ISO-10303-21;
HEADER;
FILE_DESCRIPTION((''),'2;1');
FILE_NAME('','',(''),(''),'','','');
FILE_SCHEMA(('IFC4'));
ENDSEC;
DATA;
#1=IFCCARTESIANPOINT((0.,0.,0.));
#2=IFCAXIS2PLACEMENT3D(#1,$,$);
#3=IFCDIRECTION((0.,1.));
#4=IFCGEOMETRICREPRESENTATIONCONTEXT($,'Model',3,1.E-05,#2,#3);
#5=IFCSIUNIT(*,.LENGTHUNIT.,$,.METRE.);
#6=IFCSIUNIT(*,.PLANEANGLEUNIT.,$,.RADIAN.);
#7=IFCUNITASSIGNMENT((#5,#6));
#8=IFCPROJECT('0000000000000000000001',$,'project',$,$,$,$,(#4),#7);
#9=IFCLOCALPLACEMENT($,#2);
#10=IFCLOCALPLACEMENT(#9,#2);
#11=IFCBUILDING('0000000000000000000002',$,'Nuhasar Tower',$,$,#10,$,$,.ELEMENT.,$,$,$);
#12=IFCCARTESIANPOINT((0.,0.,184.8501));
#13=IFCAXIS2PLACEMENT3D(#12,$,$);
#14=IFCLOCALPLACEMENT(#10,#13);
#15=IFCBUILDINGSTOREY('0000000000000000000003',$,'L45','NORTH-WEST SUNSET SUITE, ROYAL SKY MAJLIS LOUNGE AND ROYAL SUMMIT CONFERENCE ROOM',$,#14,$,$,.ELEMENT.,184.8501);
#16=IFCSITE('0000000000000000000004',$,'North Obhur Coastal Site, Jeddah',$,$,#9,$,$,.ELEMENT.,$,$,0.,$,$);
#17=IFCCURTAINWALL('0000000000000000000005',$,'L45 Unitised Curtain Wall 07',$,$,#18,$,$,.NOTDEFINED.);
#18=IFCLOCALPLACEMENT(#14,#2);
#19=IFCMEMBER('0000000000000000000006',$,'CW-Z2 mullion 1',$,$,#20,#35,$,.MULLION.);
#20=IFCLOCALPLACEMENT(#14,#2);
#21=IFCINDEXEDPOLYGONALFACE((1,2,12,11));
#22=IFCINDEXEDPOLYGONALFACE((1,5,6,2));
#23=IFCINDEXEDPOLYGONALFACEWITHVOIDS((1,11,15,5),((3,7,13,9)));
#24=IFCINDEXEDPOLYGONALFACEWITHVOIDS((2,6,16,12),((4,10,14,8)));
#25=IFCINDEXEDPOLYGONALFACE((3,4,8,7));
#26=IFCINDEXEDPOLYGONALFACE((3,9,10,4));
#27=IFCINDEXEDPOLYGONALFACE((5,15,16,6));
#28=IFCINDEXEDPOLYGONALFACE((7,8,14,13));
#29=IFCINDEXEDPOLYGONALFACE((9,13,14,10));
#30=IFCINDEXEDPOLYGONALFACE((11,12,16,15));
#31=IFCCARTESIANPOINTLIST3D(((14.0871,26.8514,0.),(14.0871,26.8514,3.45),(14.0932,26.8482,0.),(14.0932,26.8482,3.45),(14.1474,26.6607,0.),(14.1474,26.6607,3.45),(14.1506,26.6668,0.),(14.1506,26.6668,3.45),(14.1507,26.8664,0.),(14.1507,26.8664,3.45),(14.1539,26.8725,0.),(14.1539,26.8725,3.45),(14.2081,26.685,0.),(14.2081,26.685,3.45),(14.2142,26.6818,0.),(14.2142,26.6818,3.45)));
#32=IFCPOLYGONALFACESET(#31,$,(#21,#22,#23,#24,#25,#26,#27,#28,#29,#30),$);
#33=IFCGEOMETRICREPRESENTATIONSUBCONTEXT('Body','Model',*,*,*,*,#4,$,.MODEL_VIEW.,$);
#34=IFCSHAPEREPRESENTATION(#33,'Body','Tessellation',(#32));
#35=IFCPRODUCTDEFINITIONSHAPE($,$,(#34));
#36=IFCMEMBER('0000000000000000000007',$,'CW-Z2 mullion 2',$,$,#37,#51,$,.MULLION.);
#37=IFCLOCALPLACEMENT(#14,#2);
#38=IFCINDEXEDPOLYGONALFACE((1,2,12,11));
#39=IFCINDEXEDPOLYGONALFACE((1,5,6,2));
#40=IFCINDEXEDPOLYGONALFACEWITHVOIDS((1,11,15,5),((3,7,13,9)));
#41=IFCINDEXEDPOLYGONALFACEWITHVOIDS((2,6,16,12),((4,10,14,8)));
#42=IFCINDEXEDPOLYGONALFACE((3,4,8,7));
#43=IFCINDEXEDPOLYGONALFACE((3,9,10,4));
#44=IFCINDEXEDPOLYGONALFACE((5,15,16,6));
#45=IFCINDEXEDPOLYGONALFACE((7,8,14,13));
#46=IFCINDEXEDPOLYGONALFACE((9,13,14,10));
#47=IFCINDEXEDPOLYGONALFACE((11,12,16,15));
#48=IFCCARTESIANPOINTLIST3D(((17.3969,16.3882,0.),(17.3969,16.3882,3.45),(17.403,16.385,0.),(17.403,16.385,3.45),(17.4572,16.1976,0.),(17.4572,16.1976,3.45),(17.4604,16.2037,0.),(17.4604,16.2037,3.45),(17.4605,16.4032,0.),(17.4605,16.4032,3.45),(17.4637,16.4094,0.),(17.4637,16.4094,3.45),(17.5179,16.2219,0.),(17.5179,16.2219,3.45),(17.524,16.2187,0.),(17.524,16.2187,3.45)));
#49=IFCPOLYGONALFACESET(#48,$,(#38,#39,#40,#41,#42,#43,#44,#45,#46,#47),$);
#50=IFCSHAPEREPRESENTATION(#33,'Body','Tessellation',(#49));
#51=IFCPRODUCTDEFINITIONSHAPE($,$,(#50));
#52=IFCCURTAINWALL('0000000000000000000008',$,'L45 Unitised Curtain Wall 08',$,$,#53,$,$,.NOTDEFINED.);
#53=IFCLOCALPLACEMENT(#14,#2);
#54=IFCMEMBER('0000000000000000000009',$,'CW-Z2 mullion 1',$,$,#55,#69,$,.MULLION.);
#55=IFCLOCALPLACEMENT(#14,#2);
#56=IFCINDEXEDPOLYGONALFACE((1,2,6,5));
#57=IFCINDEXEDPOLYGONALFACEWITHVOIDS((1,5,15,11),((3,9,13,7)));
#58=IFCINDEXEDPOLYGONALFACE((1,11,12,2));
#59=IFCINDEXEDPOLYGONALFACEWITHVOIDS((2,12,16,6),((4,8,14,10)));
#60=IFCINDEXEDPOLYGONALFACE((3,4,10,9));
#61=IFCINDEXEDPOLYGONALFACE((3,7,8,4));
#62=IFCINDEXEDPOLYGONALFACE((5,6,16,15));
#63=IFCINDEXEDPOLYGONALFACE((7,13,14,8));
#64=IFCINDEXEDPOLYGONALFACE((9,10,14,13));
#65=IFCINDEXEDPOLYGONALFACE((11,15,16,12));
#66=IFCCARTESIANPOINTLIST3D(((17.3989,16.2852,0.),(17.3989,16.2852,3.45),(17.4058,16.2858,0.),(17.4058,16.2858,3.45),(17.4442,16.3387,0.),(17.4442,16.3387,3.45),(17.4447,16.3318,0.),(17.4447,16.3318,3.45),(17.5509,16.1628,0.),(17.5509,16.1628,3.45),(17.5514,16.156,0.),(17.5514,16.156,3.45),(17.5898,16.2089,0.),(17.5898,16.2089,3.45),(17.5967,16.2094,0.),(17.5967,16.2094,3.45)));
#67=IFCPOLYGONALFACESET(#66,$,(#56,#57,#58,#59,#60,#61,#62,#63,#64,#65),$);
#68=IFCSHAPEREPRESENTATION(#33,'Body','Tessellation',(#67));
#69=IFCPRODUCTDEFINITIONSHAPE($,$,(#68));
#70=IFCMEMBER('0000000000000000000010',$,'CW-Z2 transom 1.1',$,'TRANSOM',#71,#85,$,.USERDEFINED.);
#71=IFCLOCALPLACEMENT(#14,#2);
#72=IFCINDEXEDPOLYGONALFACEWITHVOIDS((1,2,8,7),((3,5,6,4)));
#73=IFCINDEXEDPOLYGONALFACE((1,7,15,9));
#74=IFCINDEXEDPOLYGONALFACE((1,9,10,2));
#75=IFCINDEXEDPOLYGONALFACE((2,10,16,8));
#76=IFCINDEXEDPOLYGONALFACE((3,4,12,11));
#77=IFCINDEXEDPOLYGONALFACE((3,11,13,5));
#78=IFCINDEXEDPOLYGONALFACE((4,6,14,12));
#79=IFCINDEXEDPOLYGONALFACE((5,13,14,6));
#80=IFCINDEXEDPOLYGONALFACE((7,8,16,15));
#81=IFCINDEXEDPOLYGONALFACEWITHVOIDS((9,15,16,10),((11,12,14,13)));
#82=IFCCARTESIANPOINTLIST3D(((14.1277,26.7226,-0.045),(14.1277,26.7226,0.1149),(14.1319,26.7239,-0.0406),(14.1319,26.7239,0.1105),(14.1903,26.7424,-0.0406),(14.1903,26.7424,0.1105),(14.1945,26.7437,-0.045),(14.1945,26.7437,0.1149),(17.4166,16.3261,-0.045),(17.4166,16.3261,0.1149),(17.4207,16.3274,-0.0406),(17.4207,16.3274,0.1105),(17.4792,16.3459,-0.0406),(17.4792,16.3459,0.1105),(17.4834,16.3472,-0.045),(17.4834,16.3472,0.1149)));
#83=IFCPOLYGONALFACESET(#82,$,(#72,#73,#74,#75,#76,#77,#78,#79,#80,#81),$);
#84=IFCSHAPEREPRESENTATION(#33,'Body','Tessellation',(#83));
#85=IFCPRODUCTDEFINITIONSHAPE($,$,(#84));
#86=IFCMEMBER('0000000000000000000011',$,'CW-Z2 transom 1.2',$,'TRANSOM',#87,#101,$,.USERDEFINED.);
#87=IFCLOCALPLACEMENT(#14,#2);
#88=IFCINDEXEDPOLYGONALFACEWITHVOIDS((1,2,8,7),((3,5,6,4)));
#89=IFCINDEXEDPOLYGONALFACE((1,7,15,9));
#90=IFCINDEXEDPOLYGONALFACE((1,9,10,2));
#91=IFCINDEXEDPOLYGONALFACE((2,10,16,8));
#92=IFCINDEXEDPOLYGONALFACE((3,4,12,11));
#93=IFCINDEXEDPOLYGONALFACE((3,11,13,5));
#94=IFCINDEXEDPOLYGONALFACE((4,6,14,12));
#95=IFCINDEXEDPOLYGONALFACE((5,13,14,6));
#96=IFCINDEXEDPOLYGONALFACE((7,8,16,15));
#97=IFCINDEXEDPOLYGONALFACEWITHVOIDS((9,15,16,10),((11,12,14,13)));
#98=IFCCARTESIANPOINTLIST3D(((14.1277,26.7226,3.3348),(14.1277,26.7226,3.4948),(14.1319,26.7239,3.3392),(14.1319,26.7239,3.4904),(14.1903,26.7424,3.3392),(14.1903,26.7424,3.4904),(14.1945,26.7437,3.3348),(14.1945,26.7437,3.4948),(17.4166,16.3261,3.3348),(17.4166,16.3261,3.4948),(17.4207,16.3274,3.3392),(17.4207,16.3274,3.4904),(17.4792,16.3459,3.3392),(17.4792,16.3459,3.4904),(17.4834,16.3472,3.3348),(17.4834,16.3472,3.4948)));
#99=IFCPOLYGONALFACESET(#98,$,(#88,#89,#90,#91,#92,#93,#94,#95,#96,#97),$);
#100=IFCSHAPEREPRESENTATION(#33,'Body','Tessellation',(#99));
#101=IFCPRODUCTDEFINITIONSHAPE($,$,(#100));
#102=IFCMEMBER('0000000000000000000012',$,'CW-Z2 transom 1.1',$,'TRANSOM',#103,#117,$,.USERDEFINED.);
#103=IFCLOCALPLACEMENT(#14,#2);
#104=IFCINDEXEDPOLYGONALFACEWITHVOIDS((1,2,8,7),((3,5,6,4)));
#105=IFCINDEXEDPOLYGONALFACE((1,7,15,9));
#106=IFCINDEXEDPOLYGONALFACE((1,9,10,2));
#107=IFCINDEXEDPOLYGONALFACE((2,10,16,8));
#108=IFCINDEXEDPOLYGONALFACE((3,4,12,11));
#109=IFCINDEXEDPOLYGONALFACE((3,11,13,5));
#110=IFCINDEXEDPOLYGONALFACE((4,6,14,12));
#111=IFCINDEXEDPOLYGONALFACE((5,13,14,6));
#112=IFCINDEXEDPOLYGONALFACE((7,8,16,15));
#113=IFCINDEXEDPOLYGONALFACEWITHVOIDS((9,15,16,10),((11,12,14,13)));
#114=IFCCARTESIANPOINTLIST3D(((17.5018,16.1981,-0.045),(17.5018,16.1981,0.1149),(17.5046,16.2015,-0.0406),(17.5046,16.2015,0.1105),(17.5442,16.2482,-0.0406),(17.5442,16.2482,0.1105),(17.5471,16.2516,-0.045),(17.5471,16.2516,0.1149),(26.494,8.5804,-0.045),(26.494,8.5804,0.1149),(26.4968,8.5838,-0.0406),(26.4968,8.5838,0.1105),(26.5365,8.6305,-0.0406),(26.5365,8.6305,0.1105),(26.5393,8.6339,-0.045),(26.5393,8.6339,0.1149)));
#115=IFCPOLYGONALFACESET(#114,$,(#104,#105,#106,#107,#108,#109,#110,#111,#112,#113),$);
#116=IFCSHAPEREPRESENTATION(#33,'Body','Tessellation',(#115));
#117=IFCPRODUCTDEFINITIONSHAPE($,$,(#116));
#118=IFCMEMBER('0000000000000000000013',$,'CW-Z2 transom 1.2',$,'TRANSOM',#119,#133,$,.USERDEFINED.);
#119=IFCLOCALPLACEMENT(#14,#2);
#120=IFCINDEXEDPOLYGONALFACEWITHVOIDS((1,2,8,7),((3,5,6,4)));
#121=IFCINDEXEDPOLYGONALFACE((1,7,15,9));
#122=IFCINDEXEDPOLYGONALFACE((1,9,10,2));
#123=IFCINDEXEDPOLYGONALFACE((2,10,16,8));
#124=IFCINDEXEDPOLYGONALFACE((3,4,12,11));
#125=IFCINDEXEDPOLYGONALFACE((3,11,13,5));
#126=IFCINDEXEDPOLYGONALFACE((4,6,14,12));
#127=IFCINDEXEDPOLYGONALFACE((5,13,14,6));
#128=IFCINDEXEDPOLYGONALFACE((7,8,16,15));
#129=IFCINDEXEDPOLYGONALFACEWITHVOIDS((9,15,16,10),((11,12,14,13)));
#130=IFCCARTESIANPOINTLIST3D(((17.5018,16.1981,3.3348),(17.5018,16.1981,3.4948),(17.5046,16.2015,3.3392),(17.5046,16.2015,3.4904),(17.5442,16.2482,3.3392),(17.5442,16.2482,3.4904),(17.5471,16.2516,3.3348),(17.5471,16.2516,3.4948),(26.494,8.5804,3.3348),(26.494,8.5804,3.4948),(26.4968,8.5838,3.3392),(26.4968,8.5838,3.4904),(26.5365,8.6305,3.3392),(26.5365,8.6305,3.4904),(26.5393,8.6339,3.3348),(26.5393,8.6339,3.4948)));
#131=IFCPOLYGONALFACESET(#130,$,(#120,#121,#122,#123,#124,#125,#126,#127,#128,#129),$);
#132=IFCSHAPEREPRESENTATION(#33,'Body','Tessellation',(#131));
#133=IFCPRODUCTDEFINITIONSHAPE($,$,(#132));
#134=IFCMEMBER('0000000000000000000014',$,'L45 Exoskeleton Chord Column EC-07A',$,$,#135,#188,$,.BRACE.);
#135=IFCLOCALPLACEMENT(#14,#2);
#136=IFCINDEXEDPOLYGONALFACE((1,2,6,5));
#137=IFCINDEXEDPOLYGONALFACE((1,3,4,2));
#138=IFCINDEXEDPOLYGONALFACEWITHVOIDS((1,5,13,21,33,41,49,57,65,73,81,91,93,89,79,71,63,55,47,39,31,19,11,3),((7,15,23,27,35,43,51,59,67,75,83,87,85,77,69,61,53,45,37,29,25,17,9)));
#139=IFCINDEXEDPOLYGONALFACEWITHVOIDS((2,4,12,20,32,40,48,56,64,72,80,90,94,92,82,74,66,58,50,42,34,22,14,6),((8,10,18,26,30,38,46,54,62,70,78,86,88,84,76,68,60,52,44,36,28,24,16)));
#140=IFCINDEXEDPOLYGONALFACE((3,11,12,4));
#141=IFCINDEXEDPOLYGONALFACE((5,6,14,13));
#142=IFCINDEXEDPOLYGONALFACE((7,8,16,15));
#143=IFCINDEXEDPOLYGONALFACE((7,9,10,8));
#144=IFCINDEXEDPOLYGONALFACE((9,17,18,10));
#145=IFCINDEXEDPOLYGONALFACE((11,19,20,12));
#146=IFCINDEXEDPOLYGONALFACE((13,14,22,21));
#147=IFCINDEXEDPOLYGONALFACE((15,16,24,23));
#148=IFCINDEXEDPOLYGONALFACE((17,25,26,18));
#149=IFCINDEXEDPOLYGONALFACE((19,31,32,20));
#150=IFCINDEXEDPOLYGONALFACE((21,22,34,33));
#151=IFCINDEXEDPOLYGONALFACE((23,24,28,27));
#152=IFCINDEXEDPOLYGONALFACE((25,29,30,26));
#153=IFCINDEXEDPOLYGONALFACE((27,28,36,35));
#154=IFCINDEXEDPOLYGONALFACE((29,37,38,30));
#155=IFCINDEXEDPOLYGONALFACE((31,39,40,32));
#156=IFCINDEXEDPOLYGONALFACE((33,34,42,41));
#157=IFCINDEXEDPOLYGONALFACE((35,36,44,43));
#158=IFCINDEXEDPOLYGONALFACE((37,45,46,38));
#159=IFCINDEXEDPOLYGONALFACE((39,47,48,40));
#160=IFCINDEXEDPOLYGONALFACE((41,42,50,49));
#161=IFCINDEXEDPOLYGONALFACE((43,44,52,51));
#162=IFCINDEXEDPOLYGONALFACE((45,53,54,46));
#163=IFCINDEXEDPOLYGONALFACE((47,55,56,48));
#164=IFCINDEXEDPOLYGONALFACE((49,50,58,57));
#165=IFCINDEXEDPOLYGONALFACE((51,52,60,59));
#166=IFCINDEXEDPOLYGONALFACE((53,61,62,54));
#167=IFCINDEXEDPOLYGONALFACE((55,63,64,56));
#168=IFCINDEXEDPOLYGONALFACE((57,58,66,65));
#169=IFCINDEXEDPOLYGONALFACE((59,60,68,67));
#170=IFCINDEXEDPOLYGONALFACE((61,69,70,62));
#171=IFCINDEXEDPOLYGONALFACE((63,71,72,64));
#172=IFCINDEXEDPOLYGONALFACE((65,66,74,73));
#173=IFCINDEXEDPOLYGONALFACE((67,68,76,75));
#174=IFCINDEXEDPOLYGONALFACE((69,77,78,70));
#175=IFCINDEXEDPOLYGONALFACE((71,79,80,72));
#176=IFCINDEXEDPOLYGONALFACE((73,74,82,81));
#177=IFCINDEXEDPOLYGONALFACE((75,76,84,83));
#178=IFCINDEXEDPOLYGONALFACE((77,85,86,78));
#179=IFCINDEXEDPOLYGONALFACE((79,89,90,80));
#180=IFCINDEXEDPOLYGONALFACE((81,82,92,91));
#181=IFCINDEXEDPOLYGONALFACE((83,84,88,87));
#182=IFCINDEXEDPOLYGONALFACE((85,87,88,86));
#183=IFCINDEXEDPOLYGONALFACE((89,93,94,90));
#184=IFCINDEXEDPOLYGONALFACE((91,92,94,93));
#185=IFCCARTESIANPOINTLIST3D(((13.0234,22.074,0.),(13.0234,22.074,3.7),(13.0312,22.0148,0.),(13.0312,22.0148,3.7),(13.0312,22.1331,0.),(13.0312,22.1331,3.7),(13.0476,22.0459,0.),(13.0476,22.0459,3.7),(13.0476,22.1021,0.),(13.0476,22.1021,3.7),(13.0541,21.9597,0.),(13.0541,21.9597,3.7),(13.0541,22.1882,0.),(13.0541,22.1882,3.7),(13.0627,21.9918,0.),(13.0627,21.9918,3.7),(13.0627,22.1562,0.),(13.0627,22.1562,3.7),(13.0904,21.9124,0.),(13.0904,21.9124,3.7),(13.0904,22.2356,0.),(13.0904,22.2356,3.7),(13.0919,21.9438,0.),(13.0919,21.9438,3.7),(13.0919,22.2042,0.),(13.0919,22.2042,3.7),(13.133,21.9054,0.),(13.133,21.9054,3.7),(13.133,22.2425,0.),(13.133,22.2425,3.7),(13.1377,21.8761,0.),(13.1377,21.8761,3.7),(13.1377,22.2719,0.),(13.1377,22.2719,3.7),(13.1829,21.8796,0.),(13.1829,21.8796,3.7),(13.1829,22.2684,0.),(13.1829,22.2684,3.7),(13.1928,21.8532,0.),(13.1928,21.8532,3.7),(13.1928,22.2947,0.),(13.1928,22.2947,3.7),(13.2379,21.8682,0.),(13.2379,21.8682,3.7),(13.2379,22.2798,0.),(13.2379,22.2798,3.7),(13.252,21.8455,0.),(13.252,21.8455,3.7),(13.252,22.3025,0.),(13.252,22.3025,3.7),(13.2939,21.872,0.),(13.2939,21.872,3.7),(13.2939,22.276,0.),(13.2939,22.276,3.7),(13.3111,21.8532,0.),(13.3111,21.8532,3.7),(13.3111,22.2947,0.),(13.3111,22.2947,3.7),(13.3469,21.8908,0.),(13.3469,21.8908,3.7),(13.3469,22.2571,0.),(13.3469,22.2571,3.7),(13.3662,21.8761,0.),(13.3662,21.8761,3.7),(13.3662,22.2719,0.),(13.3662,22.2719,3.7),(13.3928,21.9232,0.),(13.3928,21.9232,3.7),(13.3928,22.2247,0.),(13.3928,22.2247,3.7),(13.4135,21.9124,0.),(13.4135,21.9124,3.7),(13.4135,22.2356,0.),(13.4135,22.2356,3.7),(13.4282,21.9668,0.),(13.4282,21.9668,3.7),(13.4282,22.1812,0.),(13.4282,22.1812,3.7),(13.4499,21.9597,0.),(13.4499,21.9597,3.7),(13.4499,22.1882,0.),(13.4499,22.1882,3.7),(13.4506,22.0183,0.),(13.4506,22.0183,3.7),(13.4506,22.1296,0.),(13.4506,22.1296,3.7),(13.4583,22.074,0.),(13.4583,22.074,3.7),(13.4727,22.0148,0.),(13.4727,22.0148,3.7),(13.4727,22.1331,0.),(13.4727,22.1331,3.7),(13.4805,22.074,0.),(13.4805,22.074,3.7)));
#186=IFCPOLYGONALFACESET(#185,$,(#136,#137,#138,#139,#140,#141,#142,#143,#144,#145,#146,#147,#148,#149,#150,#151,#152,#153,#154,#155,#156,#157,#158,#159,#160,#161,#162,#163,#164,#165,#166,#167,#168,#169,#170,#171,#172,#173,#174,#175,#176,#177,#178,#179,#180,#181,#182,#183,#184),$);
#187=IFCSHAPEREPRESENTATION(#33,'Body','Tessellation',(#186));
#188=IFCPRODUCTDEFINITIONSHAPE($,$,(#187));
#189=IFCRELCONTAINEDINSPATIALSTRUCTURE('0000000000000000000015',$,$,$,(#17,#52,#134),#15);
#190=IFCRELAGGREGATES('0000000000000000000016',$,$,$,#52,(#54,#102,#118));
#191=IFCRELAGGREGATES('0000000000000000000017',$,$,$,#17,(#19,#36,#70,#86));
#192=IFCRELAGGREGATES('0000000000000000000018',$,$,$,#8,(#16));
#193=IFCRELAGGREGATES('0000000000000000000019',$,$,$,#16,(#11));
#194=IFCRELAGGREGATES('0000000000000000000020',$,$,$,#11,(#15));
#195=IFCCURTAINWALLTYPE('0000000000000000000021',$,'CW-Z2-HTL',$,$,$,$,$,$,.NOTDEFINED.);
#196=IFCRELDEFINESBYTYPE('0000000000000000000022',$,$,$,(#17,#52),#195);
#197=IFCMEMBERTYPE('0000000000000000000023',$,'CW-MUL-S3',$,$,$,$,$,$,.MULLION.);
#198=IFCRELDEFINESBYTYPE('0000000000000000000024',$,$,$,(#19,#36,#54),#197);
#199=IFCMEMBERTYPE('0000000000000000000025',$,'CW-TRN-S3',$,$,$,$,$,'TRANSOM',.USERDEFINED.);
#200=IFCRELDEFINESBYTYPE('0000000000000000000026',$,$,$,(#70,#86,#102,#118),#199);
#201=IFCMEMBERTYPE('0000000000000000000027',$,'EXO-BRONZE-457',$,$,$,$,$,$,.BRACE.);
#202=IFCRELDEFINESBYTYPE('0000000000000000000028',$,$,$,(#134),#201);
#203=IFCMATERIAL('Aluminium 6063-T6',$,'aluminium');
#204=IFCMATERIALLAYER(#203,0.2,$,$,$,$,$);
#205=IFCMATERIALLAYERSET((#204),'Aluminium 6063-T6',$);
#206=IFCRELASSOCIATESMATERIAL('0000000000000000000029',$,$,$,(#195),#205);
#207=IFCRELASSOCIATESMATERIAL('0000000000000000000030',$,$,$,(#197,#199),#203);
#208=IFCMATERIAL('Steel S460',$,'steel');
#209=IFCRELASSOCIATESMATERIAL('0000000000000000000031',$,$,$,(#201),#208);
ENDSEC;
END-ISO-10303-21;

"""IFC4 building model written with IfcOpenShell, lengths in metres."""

from ifc_helpers import new_model, si_unit, direction, frame, origin, origin_2d, place, context, subcontext, project, spatial, hollow_rectangle, hollow_circle, extrude, material, layer, layer_set, material_profile, profile_set, type_object, element, aggregate, save


model = new_model("IFC4")

# Units and contexts
model_context = context("Model", 3, precision=1e-05, world=origin(), true_north=direction((0.0, 1.0)))
body_context = subcontext(model_context, "Body", "Model", "MODEL_VIEW")
ifc_project = project(units=[si_unit("LENGTHUNIT", "METRE"), si_unit("PLANEANGLEUNIT", "RADIAN")], contexts=[model_context])

# Site, building, storey
site_placement = place(None, origin())
site = spatial("IfcSite", under=ifc_project, at=site_placement, Name="North Obhur Coastal Site, Jeddah", CompositionType="ELEMENT", RefElevation=0.0)
building_placement = place(site_placement, origin())
building = spatial("IfcBuilding", under=site, at=building_placement, Name="Nuhasar Tower", CompositionType="ELEMENT")
storey_placement = place(building_placement, frame((0.0, 0.0, 184.8501)))
storey = spatial("IfcBuildingStorey", under=building, at=storey_placement, Name="L45", Description="NORTH-WEST SUNSET SUITE, ROYAL SKY MAJLIS LOUNGE AND ROYAL SUMMIT CONFERENCE ROOM", CompositionType="ELEMENT", Elevation=184.8501)

# Curtain wall, members
ifc_material_1 = material(Name="Aluminium 6063-T6", Category="aluminium")
ifc_layer_1 = layer(ifc_material_1, 0.2)
ifc_layer_set_1 = layer_set([ifc_layer_1], Name="Aluminium 6063-T6")
curtain_wall_type = type_object("IfcCurtainWallType", Name="CW-Z2-HTL", PredefinedType="NOTDEFINED", material=ifc_layer_set_1)
curtain_wall_1_placement = place(storey_placement, origin())
curtain_wall_1 = element("IfcCurtainWall", 1, at=curtain_wall_1_placement, inside=storey, type_object=curtain_wall_type, Name="L45 Unitised Curtain Wall 07", PredefinedType="NOTDEFINED")
ifc_material_profile_1 = material_profile(ifc_material_1, hollow_rectangle(XDim=0.0701, YDim=0.2, WallThickness=0.0049, at=origin_2d()), Name="CWM-3")
ifc_profile_set_1 = profile_set([ifc_material_profile_1], Name="Aluminium 6063-T6")
member_type_1 = type_object("IfcMemberType", Name="CW-MUL-S3", PredefinedType="MULLION", material=ifc_profile_set_1)
member_1_placement = place(storey_placement, frame((14.1506, 26.7666, 0.0), z_axis=(0.0, 0.0, 1.0), x_axis=(0.953433, 0.301604, 0.0)))
member_1 = element("IfcMember", 2, at=member_1_placement, type_object=member_type_1, Name="CW-Z2 mullion 1", PredefinedType="MULLION", context=body_context, shape_type="SweptSolid", body=[
    extrude(hollow_rectangle(XDim=0.0701, YDim=0.2, WallThickness=0.0049, at=origin_2d()), origin(), (0.0, 0.0, 1.0), 3.45),
])
member_2_placement = place(storey_placement, frame((17.4604, 16.3035, 0.0), z_axis=(0.0, 0.0, 1.0), x_axis=(0.953433, 0.301604, 0.0)))
member_2 = element("IfcMember", 3, at=member_2_placement, type_object=member_type_1, Name="CW-Z2 mullion 2", PredefinedType="MULLION", context=body_context, shape_type="SweptSolid", body=[
    extrude(hollow_rectangle(XDim=0.0701, YDim=0.2, WallThickness=0.0049, at=origin_2d()), origin(), (0.0, 0.0, 1.0), 3.45),
])

# Curtain wall, member
curtain_wall_2_placement = place(storey_placement, origin())
curtain_wall_2 = element("IfcCurtainWall", 4, at=curtain_wall_2_placement, inside=storey, type_object=curtain_wall_type, Name="L45 Unitised Curtain Wall 08", PredefinedType="NOTDEFINED")
member_3_placement = place(storey_placement, frame((17.4978, 16.2473, 0.0), z_axis=(0.0, 0.0, 1.0), x_axis=(0.646374, 0.76302, 0.0)))
member_3 = element("IfcMember", 5, at=member_3_placement, type_object=member_type_1, Name="CW-Z2 mullion 1", PredefinedType="MULLION", context=body_context, shape_type="SweptSolid", body=[
    extrude(hollow_rectangle(XDim=0.0701, YDim=0.2, WallThickness=0.0049, at=origin_2d()), origin(), (0.0, 0.0, 1.0), 3.45),
])

# Members
ifc_material_profile_2 = material_profile(ifc_material_1, hollow_rectangle(XDim=0.0701, YDim=0.1599, WallThickness=0.0044, at=origin_2d()), Name="CWT-3")
ifc_profile_set_2 = profile_set([ifc_material_profile_2], Name="Aluminium 6063-T6")
member_type_2 = type_object("IfcMemberType", Name="CW-TRN-S3", ElementType="TRANSOM", PredefinedType="USERDEFINED", material=ifc_profile_set_2)
member_4_placement = place(storey_placement, frame((14.1611, 26.7332, 0.0349), z_axis=(0.301608, -0.953432, 0.0), x_axis=(0.953432, 0.301608, 0.0)))
member_4 = element("IfcMember", 6, at=member_4_placement, type_object=member_type_2, Name="CW-Z2 transom 1.1", ObjectType="TRANSOM", PredefinedType="USERDEFINED", context=body_context, shape_type="SweptSolid", body=[
    extrude(hollow_rectangle(XDim=0.0701, YDim=0.1599, WallThickness=0.0044, at=origin_2d()), origin(), (0.0, 0.0, 1.0), 10.9043),
])
member_5_placement = place(storey_placement, frame((14.1611, 26.7332, 3.4148), z_axis=(0.301608, -0.953432, 0.0), x_axis=(0.953432, 0.301608, 0.0)))
member_5 = element("IfcMember", 7, at=member_5_placement, type_object=member_type_2, Name="CW-Z2 transom 1.2", ObjectType="TRANSOM", PredefinedType="USERDEFINED", context=body_context, shape_type="SweptSolid", body=[
    extrude(hollow_rectangle(XDim=0.0701, YDim=0.1599, WallThickness=0.0044, at=origin_2d()), origin(), (0.0, 0.0, 1.0), 10.9043),
])
member_6_placement = place(storey_placement, frame((17.5244, 16.2249, 0.0349), z_axis=(0.763014, -0.646382, 0.0), x_axis=(0.646382, 0.763014, 0.0)))
member_6 = element("IfcMember", 8, at=member_6_placement, type_object=member_type_2, Name="CW-Z2 transom 1.1", ObjectType="TRANSOM", PredefinedType="USERDEFINED", context=body_context, shape_type="SweptSolid", body=[
    extrude(hollow_rectangle(XDim=0.0701, YDim=0.1599, WallThickness=0.0044, at=origin_2d()), origin(), (0.0, 0.0, 1.0), 11.7852),
])
member_7_placement = place(storey_placement, frame((17.5244, 16.2249, 3.4148), z_axis=(0.763014, -0.646382, 0.0), x_axis=(0.646382, 0.763014, 0.0)))
member_7 = element("IfcMember", 9, at=member_7_placement, type_object=member_type_2, Name="CW-Z2 transom 1.2", ObjectType="TRANSOM", PredefinedType="USERDEFINED", context=body_context, shape_type="SweptSolid", body=[
    extrude(hollow_rectangle(XDim=0.0701, YDim=0.1599, WallThickness=0.0044, at=origin_2d()), origin(), (0.0, 0.0, 1.0), 11.7852),
])
aggregate(curtain_wall_2, [member_3, member_6, member_7])

# Member
ifc_material_2 = material(Name="Steel S460", Category="steel")
ifc_material_profile_3 = material_profile(ifc_material_2, hollow_circle(Radius=0.2285, WallThickness=0.0222, at=origin_2d()), Name="HSS457X22.2")
ifc_profile_set_3 = profile_set([ifc_material_profile_3], Name="Steel S460")
member_type_3 = type_object("IfcMemberType", Name="EXO-BRONZE-457", PredefinedType="BRACE", material=ifc_profile_set_3)
for number, where, z_axis, x_axis, name in (
    (10, (13.252, 22.074, 0.0), (0.0, 0.0, 1.0), (1.0, 0.0, 0.0), "L45 Exoskeleton Chord Column EC-07A"),
):
    element("IfcMember", number, at=place(storey_placement, frame(where, z_axis=z_axis, x_axis=x_axis)), inside=storey, type_object=member_type_3, Name=name, PredefinedType="BRACE", context=body_context, shape_type="SweptSolid", body=[
        extrude(hollow_circle(Radius=0.2285, WallThickness=0.0222, at=origin_2d()), origin(), (0.0, 0.0, 1.0), 3.7),
    ])

aggregate(curtain_wall_1, [member_1, member_2, member_4, member_5])

save(model, "model.ifc")
